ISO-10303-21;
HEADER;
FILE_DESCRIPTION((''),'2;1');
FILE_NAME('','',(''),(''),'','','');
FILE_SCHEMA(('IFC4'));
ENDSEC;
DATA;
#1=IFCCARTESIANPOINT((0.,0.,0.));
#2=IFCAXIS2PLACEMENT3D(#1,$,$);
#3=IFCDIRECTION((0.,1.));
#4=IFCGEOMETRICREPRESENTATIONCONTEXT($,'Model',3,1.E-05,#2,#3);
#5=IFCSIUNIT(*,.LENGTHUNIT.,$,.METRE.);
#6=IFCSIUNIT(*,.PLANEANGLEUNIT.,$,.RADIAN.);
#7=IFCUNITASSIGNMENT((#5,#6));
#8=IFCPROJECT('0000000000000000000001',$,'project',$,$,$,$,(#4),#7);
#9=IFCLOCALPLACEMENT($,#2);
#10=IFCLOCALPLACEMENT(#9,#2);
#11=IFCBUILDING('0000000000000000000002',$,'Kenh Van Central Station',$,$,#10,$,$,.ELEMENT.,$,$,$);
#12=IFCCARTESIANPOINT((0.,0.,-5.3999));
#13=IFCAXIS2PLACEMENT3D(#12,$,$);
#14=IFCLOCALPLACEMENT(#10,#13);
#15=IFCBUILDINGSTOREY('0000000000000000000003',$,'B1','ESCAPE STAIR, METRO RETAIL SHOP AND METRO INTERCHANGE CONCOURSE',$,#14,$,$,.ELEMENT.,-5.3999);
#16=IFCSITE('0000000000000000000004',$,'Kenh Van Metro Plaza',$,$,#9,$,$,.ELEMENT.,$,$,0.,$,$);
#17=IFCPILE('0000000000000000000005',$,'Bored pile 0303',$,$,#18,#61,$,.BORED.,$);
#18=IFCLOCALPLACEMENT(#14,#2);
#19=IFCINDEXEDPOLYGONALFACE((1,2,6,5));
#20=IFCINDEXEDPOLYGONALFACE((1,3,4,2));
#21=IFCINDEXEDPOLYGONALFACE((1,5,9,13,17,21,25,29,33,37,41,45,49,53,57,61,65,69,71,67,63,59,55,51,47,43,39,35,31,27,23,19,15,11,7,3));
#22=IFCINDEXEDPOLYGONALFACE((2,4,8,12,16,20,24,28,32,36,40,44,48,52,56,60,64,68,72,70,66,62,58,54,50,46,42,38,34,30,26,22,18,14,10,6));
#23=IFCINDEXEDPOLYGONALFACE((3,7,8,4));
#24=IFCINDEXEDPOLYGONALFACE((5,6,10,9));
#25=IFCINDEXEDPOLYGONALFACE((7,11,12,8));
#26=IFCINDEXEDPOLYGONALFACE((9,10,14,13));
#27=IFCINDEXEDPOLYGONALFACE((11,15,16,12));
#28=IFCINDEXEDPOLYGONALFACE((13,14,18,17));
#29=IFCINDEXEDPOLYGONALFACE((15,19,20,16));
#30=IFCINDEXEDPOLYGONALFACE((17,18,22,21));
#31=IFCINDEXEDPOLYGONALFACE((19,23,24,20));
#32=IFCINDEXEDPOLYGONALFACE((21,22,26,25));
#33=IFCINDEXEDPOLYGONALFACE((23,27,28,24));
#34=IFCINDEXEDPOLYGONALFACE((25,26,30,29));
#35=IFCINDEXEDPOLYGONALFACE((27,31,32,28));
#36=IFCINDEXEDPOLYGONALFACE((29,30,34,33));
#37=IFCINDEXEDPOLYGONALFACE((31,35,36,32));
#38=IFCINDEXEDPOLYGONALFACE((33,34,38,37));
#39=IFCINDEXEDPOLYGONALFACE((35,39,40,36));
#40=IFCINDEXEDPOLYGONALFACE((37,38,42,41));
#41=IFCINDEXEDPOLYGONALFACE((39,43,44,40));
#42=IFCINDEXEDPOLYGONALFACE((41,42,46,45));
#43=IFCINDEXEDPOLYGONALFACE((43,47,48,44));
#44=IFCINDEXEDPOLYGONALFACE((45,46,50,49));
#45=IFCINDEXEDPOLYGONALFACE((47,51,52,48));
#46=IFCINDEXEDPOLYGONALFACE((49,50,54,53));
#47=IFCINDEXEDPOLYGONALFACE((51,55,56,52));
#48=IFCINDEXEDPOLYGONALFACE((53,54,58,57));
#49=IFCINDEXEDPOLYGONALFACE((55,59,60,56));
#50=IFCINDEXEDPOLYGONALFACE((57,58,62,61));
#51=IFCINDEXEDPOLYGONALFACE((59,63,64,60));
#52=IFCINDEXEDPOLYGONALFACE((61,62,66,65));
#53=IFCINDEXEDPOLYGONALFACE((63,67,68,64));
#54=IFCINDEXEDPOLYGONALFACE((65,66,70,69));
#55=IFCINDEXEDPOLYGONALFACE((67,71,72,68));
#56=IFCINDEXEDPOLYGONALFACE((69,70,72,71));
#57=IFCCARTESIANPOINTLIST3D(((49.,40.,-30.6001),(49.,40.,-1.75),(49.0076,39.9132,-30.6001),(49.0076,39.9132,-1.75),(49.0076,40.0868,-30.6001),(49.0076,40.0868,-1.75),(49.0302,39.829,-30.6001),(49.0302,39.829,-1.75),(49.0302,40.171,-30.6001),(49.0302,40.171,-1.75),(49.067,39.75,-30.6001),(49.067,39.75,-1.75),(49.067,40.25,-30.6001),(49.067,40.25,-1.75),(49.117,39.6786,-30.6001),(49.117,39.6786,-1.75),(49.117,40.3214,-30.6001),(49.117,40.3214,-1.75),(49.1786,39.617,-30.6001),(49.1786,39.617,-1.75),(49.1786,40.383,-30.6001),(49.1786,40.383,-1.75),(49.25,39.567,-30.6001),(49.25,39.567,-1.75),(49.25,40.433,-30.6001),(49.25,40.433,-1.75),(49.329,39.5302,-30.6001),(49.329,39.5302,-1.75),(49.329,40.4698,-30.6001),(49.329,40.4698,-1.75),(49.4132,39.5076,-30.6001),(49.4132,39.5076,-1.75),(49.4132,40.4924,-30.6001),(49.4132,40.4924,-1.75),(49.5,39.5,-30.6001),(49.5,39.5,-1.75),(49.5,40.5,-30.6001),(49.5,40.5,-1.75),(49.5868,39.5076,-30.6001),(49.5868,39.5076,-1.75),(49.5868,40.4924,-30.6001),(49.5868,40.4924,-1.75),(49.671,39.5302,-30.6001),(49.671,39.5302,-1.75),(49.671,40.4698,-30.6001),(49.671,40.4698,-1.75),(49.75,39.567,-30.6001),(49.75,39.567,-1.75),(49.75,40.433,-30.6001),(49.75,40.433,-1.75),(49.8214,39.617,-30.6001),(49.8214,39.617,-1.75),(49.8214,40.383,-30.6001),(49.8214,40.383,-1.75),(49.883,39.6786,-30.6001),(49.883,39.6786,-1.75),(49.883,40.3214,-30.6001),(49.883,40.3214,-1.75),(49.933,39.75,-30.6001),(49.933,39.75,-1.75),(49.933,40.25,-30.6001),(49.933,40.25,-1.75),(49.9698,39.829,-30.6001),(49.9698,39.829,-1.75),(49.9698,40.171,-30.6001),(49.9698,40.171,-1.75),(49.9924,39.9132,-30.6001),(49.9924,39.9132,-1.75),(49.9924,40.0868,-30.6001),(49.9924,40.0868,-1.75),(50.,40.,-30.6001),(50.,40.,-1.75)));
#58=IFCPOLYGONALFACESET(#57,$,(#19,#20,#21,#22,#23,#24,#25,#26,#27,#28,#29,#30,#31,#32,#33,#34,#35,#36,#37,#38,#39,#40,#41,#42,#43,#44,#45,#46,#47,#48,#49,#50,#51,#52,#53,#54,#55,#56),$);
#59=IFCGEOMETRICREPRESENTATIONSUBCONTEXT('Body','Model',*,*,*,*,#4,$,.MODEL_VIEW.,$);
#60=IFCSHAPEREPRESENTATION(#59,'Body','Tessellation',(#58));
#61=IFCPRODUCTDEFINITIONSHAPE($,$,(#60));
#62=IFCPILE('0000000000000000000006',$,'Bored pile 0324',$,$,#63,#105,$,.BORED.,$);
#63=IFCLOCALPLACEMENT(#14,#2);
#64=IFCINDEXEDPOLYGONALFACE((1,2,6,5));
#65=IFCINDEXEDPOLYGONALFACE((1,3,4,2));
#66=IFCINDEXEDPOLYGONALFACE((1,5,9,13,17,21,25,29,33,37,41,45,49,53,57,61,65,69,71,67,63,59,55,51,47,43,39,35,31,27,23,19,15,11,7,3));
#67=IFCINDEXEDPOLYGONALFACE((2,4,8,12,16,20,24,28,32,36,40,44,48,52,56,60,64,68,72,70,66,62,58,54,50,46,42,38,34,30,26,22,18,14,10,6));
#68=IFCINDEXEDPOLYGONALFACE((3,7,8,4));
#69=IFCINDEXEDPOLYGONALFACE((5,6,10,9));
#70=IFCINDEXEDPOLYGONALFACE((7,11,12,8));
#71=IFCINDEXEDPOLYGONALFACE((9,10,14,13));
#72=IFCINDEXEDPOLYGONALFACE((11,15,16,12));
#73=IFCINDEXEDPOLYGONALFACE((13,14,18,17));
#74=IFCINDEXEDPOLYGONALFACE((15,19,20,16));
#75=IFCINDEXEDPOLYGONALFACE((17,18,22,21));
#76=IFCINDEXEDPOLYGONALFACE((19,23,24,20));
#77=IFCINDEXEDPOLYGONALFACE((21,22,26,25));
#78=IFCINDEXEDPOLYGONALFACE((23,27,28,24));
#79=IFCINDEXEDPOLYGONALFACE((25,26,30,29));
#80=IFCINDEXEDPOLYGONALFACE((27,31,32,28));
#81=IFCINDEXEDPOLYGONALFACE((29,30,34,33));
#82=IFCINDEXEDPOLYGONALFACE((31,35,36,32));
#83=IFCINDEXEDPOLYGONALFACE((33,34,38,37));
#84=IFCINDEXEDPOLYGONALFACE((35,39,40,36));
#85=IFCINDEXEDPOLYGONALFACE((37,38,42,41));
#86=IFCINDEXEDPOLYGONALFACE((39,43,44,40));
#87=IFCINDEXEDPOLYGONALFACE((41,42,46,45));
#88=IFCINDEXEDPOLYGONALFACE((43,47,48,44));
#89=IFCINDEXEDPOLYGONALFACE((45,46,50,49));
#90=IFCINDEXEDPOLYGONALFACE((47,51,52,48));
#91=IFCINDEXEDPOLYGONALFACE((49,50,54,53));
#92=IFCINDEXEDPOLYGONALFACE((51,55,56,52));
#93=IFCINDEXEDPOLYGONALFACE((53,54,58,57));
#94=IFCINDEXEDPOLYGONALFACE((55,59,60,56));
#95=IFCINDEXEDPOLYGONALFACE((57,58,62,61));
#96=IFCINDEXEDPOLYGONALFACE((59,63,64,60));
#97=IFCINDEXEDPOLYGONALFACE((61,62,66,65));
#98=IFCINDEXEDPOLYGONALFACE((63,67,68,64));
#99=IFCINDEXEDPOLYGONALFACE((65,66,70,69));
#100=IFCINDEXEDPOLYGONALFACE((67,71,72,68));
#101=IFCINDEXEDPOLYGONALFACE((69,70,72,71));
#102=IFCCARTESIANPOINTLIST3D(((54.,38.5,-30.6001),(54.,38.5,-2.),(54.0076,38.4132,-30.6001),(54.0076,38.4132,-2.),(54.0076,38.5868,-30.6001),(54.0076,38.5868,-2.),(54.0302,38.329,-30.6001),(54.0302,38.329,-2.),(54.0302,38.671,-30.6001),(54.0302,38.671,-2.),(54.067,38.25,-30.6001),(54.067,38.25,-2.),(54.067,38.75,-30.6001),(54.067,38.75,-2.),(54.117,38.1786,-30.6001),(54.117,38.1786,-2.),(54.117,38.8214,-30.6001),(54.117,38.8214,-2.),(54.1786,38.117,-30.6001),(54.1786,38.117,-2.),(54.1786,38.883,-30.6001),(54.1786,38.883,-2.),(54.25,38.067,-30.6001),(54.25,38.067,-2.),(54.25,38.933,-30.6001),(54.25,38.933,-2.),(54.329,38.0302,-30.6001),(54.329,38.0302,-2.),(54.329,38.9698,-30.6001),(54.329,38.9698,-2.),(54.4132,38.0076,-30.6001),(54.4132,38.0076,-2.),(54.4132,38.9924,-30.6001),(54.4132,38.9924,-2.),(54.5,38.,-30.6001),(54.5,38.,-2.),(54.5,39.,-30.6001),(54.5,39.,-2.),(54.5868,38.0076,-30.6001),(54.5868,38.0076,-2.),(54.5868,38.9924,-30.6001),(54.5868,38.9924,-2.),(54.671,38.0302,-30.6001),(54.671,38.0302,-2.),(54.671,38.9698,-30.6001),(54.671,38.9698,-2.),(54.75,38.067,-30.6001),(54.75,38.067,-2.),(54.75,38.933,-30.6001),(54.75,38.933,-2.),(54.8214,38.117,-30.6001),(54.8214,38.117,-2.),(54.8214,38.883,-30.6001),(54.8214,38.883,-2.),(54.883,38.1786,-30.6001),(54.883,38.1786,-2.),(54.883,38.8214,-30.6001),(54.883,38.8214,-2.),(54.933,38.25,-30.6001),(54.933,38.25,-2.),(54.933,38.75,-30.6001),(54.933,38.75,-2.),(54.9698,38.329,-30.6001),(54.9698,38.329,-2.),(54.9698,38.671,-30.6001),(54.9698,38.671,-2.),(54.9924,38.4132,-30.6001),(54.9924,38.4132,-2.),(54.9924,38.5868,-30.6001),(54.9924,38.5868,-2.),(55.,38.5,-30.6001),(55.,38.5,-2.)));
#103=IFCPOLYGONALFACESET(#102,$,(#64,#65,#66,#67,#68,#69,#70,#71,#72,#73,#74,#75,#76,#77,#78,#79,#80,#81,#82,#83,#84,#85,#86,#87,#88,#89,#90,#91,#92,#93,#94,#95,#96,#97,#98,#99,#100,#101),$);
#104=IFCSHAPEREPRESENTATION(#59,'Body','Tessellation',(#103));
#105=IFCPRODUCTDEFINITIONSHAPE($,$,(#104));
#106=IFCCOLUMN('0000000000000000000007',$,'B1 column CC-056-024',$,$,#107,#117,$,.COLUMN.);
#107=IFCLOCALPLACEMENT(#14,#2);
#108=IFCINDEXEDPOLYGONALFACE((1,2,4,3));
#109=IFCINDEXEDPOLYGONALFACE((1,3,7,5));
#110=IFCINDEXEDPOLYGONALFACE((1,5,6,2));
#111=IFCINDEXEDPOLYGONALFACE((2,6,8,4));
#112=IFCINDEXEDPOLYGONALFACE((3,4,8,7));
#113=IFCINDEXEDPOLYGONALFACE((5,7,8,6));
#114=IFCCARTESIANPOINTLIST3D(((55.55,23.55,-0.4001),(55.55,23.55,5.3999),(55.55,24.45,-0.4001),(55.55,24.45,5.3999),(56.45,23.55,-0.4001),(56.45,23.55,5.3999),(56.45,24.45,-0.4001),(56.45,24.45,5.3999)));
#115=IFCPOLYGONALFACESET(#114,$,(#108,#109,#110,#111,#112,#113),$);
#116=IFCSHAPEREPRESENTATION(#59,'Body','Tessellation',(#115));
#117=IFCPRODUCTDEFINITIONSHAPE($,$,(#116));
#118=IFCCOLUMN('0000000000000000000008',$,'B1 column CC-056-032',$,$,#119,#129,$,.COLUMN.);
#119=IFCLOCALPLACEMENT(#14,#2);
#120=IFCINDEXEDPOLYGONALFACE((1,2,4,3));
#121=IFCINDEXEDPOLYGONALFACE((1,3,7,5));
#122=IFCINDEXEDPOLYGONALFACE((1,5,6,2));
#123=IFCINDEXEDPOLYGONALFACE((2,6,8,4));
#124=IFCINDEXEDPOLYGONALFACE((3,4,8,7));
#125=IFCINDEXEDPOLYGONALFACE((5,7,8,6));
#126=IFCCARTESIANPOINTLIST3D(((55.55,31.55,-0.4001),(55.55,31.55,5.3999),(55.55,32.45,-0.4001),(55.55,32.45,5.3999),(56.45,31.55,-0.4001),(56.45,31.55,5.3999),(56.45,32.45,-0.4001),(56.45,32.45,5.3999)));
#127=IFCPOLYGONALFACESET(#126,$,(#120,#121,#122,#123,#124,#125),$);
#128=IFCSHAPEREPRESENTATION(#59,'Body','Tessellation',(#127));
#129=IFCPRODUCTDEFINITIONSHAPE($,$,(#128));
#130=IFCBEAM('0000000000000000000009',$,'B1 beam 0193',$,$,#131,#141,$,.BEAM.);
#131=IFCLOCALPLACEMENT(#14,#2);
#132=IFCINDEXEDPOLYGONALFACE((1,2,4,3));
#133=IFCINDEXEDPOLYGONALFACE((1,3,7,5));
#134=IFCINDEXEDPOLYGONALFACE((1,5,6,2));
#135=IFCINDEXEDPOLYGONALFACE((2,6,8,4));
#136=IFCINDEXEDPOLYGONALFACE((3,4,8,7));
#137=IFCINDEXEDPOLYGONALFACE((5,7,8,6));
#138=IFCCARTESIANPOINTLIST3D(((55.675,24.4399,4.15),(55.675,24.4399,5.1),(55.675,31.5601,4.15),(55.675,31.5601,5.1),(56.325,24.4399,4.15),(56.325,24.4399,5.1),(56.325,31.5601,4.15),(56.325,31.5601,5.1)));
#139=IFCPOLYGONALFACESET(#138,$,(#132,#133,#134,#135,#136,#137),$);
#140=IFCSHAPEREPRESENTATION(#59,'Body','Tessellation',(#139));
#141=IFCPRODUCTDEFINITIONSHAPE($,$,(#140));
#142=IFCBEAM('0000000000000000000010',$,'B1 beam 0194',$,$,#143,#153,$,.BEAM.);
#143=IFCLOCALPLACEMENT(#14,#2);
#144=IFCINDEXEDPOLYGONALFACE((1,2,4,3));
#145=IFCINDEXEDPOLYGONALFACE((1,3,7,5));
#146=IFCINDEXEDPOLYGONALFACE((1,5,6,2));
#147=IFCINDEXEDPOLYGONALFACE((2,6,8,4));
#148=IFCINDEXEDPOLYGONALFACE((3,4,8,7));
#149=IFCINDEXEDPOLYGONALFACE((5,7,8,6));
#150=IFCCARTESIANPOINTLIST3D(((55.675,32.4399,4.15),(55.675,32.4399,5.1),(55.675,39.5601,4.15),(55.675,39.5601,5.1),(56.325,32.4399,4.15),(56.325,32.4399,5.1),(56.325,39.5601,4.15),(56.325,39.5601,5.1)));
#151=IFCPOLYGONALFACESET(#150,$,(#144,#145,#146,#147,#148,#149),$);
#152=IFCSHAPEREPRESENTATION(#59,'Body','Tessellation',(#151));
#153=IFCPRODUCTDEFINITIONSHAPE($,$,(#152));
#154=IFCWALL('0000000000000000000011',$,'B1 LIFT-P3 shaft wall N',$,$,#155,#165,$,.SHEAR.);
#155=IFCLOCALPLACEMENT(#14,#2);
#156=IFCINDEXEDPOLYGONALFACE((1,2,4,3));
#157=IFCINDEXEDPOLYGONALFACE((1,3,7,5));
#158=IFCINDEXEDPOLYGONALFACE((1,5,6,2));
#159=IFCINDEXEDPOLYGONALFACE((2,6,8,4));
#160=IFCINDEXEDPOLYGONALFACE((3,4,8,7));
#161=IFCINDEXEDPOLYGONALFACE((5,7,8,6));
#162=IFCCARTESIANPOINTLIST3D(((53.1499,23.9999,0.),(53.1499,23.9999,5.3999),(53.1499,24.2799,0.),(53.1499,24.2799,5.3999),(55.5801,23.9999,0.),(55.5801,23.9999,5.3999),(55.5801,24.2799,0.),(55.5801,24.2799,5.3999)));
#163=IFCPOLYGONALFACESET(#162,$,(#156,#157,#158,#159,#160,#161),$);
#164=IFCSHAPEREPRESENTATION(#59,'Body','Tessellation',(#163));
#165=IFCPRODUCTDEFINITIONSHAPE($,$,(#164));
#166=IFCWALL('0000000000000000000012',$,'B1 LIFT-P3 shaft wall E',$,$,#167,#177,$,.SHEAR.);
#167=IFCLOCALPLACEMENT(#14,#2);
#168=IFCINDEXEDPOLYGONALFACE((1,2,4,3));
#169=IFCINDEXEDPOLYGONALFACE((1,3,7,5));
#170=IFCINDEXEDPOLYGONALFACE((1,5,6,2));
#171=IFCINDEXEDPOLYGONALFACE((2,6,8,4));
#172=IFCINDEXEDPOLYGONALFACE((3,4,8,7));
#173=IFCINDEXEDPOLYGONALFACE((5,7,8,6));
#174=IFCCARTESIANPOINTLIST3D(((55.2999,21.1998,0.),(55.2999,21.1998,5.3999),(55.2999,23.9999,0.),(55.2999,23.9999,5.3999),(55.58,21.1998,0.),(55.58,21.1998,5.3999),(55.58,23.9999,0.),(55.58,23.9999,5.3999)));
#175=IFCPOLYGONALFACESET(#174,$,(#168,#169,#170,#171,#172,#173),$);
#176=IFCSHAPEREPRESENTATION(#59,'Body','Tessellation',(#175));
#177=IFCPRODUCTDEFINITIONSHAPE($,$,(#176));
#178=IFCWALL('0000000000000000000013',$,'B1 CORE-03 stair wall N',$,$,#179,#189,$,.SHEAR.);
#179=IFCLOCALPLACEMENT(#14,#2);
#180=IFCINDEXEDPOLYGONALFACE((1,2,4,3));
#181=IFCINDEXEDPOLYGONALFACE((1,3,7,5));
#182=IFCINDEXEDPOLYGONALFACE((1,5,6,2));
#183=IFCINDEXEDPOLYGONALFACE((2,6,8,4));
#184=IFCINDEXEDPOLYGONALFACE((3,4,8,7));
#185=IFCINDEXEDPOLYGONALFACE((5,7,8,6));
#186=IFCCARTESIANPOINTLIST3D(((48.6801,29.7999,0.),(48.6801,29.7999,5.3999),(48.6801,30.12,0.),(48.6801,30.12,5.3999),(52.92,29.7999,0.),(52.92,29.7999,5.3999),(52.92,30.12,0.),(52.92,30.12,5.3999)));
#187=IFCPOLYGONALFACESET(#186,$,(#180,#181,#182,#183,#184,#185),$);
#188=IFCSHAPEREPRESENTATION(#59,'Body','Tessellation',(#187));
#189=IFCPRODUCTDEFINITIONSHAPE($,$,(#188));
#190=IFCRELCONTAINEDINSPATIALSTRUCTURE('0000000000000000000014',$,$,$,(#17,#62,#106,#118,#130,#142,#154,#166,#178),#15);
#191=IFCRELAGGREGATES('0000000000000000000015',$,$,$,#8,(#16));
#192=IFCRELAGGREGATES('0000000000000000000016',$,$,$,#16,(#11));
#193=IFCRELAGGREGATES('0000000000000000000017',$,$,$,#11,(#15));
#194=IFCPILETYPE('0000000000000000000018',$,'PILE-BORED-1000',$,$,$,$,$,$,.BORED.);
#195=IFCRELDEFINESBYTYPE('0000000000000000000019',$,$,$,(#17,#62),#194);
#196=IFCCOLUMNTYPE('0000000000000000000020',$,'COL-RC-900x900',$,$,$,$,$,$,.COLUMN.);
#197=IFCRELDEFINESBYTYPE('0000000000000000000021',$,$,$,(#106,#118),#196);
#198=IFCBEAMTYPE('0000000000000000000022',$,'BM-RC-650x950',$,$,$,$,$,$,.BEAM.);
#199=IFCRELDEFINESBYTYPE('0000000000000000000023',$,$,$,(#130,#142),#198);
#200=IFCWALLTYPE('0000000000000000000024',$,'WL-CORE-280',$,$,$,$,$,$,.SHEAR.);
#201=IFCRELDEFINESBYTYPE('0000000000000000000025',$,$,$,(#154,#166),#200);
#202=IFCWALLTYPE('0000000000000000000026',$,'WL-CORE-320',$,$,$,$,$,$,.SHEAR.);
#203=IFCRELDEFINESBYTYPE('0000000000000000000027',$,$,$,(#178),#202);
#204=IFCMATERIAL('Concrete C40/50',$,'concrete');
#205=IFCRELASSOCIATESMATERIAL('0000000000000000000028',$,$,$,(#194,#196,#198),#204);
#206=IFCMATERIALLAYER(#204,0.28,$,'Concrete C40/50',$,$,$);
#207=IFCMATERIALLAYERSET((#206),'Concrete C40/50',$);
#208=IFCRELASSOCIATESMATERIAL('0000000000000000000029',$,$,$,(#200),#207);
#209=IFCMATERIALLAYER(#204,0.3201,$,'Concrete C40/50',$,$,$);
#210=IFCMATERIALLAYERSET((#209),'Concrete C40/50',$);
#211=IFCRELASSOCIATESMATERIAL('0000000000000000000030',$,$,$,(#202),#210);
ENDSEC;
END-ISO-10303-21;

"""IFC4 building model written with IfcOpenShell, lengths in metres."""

from ifc_helpers import new_model, si_unit, direction, frame, frame_2d, origin, origin_2d, place, context, subcontext, project, spatial, rectangle, circle, extrude, material, layer, layer_set, material_profile, profile_set, type_object, element, save


model = new_model("IFC4")

# Units and contexts
model_context = context("Model", 3, precision=1e-05, world=origin(), true_north=direction((0.0, 1.0)))
body_context = subcontext(model_context, "Body", "Model", "MODEL_VIEW")
ifc_project = project(units=[si_unit("LENGTHUNIT", "METRE"), si_unit("PLANEANGLEUNIT", "RADIAN")], contexts=[model_context])

# Site, building, storey
site_placement = place(None, origin())
site = spatial("IfcSite", under=ifc_project, at=site_placement, Name="Kenh Van Metro Plaza", CompositionType="ELEMENT", RefElevation=0.0)
building_placement = place(site_placement, origin())
building = spatial("IfcBuilding", under=site, at=building_placement, Name="Kenh Van Central Station", CompositionType="ELEMENT")
storey_placement = place(building_placement, frame((0.0, 0.0, -5.3999)))
storey = spatial("IfcBuildingStorey", under=building, at=storey_placement, Name="B1", Description="ESCAPE STAIR, METRO RETAIL SHOP AND METRO INTERCHANGE CONCOURSE", CompositionType="ELEMENT", Elevation=-5.3999)

# Shared definitions
ifc_material_1 = material(Name="Concrete C40/50", Category="concrete")

# Piles
ifc_material_profile_1 = material_profile(ifc_material_1, circle(Radius=0.5, at=origin_2d()), Name="PILE D1000")
ifc_profile_set_1 = profile_set([ifc_material_profile_1], Name="Concrete C40/50")
pile_type = type_object("IfcPileType", Name="PILE-BORED-1000", PredefinedType="BORED", material=ifc_profile_set_1)
pile_1_placement = place(storey_placement, frame((49.5, 40.0, -1.75), z_axis=(0.0, 0.0, -1.0), x_axis=(1.0, 0.0, 0.0)))
element("IfcPile", 1, at=pile_1_placement, inside=storey, type_object=pile_type, Name="Bored pile 0303", PredefinedType="BORED", context=body_context, shape_type="SweptSolid", body=[
    extrude(circle(Radius=0.5, at=origin_2d()), origin(), (0.0, 0.0, 1.0), 28.8501),
])
pile_2_placement = place(storey_placement, frame((54.5, 38.5, -2.0), z_axis=(0.0, 0.0, -1.0), x_axis=(1.0, 0.0, 0.0)))
element("IfcPile", 2, at=pile_2_placement, inside=storey, type_object=pile_type, Name="Bored pile 0324", PredefinedType="BORED", context=body_context, shape_type="SweptSolid", body=[
    extrude(circle(Radius=0.5, at=origin_2d()), origin(), (0.0, 0.0, 1.0), 28.6001),
])

# Columns
ifc_material_profile_2 = material_profile(ifc_material_1, rectangle(XDim=0.8999, YDim=0.8999, at=origin_2d()), Name="RC 900x900")
ifc_profile_set_2 = profile_set([ifc_material_profile_2], Name="Concrete C40/50")
column_type = type_object("IfcColumnType", Name="COL-RC-900x900", PredefinedType="COLUMN", material=ifc_profile_set_2)
for number, where, z_axis, x_axis, name in (
    (3, (56.0, 24.0, -0.4001), (0.0, 0.0, 1.0), (1.0, 0.0, 0.0), "B1 column CC-056-024"),
    (4, (56.0, 32.0, -0.4001), (0.0, 0.0, 1.0), (1.0, 0.0, 0.0), "B1 column CC-056-032"),
):
    element("IfcColumn", number, at=place(storey_placement, frame(where, z_axis=z_axis, x_axis=x_axis)), inside=storey, type_object=column_type, Name=name, PredefinedType="COLUMN", context=body_context, shape_type="SweptSolid", body=[
        extrude(rectangle(XDim=0.8999, YDim=0.8999, at=origin_2d()), origin(), (0.0, 0.0, 1.0), 5.8),
    ])

# Beams
ifc_material_profile_3 = material_profile(ifc_material_1, rectangle(XDim=0.6499, YDim=0.95, at=origin_2d()), Name="RC 650x950")
ifc_profile_set_3 = profile_set([ifc_material_profile_3], Name="Concrete C40/50")
beam_type = type_object("IfcBeamType", Name="BM-RC-650x950", PredefinedType="BEAM", material=ifc_profile_set_3)
for number, where, z_axis, x_axis, name in (
    (5, (56.0, 24.4399, 4.625), (0.0, 1.0, 0.0), (-1.0, 0.0, 0.0), "B1 beam 0193"),
    (6, (56.0, 32.4399, 4.625), (0.0, 1.0, 0.0), (-1.0, 0.0, 0.0), "B1 beam 0194"),
):
    element("IfcBeam", number, at=place(storey_placement, frame(where, z_axis=z_axis, x_axis=x_axis)), inside=storey, type_object=beam_type, Name=name, PredefinedType="BEAM", context=body_context, shape_type="SweptSolid", body=[
        extrude(rectangle(XDim=0.6499, YDim=0.95, at=origin_2d()), origin(), (0.0, 0.0, 1.0), 7.1201),
    ])

# Shared definitions
ifc_layer_1 = layer(ifc_material_1, 0.28, Name="Concrete C40/50")
ifc_layer_set_1 = layer_set([ifc_layer_1], Name="Concrete C40/50")
wall_type_1 = type_object("IfcWallType", Name="WL-CORE-280", PredefinedType="SHEAR", material=ifc_layer_set_1)

# Walls
wall_1_placement = place(storey_placement, frame((53.1499, 24.1399, 0.0), z_axis=(0.0, 0.0, 1.0), x_axis=(1.0, 0.0, 0.0)))
element("IfcWall", 7, at=wall_1_placement, inside=storey, type_object=wall_type_1, Name="B1 LIFT-P3 shaft wall N", PredefinedType="SHEAR", context=body_context, shape_type="SweptSolid", body=[
    extrude(rectangle(XDim=2.4302, YDim=0.28, at=frame_2d((1.2151, 0.0))), origin(), (0.0, 0.0, 1.0), 5.3999),
])
wall_2_placement = place(storey_placement, frame((55.4399, 21.2, 0.0), z_axis=(0.0, 0.0, 1.0), x_axis=(0.0, 1.0, 0.0)))
element("IfcWall", 8, at=wall_2_placement, inside=storey, type_object=wall_type_1, Name="B1 LIFT-P3 shaft wall E", PredefinedType="SHEAR", context=body_context, shape_type="SweptSolid", body=[
    extrude(rectangle(XDim=2.8, YDim=0.28, at=frame_2d((1.3999, 0.0))), origin(), (0.0, 0.0, 1.0), 5.3999),
])

# Shared definitions
ifc_layer_2 = layer(ifc_material_1, 0.3201, Name="Concrete C40/50")
ifc_layer_set_2 = layer_set([ifc_layer_2], Name="Concrete C40/50")
wall_type_2 = type_object("IfcWallType", Name="WL-CORE-320", PredefinedType="SHEAR", material=ifc_layer_set_2)

# Wall
wall_3_placement = place(storey_placement, frame((48.6799, 29.96, 0.0), z_axis=(0.0, 0.0, 1.0), x_axis=(1.0, 0.0, 0.0)))
element("IfcWall", 9, at=wall_3_placement, inside=storey, type_object=wall_type_2, Name="B1 CORE-03 stair wall N", PredefinedType="SHEAR", context=body_context, shape_type="SweptSolid", body=[
    extrude(rectangle(XDim=4.24, YDim=0.3201, at=frame_2d((2.1201, 0.0))), origin(), (0.0, 0.0, 1.0), 5.3999),
])

save(model, "model.ifc")
